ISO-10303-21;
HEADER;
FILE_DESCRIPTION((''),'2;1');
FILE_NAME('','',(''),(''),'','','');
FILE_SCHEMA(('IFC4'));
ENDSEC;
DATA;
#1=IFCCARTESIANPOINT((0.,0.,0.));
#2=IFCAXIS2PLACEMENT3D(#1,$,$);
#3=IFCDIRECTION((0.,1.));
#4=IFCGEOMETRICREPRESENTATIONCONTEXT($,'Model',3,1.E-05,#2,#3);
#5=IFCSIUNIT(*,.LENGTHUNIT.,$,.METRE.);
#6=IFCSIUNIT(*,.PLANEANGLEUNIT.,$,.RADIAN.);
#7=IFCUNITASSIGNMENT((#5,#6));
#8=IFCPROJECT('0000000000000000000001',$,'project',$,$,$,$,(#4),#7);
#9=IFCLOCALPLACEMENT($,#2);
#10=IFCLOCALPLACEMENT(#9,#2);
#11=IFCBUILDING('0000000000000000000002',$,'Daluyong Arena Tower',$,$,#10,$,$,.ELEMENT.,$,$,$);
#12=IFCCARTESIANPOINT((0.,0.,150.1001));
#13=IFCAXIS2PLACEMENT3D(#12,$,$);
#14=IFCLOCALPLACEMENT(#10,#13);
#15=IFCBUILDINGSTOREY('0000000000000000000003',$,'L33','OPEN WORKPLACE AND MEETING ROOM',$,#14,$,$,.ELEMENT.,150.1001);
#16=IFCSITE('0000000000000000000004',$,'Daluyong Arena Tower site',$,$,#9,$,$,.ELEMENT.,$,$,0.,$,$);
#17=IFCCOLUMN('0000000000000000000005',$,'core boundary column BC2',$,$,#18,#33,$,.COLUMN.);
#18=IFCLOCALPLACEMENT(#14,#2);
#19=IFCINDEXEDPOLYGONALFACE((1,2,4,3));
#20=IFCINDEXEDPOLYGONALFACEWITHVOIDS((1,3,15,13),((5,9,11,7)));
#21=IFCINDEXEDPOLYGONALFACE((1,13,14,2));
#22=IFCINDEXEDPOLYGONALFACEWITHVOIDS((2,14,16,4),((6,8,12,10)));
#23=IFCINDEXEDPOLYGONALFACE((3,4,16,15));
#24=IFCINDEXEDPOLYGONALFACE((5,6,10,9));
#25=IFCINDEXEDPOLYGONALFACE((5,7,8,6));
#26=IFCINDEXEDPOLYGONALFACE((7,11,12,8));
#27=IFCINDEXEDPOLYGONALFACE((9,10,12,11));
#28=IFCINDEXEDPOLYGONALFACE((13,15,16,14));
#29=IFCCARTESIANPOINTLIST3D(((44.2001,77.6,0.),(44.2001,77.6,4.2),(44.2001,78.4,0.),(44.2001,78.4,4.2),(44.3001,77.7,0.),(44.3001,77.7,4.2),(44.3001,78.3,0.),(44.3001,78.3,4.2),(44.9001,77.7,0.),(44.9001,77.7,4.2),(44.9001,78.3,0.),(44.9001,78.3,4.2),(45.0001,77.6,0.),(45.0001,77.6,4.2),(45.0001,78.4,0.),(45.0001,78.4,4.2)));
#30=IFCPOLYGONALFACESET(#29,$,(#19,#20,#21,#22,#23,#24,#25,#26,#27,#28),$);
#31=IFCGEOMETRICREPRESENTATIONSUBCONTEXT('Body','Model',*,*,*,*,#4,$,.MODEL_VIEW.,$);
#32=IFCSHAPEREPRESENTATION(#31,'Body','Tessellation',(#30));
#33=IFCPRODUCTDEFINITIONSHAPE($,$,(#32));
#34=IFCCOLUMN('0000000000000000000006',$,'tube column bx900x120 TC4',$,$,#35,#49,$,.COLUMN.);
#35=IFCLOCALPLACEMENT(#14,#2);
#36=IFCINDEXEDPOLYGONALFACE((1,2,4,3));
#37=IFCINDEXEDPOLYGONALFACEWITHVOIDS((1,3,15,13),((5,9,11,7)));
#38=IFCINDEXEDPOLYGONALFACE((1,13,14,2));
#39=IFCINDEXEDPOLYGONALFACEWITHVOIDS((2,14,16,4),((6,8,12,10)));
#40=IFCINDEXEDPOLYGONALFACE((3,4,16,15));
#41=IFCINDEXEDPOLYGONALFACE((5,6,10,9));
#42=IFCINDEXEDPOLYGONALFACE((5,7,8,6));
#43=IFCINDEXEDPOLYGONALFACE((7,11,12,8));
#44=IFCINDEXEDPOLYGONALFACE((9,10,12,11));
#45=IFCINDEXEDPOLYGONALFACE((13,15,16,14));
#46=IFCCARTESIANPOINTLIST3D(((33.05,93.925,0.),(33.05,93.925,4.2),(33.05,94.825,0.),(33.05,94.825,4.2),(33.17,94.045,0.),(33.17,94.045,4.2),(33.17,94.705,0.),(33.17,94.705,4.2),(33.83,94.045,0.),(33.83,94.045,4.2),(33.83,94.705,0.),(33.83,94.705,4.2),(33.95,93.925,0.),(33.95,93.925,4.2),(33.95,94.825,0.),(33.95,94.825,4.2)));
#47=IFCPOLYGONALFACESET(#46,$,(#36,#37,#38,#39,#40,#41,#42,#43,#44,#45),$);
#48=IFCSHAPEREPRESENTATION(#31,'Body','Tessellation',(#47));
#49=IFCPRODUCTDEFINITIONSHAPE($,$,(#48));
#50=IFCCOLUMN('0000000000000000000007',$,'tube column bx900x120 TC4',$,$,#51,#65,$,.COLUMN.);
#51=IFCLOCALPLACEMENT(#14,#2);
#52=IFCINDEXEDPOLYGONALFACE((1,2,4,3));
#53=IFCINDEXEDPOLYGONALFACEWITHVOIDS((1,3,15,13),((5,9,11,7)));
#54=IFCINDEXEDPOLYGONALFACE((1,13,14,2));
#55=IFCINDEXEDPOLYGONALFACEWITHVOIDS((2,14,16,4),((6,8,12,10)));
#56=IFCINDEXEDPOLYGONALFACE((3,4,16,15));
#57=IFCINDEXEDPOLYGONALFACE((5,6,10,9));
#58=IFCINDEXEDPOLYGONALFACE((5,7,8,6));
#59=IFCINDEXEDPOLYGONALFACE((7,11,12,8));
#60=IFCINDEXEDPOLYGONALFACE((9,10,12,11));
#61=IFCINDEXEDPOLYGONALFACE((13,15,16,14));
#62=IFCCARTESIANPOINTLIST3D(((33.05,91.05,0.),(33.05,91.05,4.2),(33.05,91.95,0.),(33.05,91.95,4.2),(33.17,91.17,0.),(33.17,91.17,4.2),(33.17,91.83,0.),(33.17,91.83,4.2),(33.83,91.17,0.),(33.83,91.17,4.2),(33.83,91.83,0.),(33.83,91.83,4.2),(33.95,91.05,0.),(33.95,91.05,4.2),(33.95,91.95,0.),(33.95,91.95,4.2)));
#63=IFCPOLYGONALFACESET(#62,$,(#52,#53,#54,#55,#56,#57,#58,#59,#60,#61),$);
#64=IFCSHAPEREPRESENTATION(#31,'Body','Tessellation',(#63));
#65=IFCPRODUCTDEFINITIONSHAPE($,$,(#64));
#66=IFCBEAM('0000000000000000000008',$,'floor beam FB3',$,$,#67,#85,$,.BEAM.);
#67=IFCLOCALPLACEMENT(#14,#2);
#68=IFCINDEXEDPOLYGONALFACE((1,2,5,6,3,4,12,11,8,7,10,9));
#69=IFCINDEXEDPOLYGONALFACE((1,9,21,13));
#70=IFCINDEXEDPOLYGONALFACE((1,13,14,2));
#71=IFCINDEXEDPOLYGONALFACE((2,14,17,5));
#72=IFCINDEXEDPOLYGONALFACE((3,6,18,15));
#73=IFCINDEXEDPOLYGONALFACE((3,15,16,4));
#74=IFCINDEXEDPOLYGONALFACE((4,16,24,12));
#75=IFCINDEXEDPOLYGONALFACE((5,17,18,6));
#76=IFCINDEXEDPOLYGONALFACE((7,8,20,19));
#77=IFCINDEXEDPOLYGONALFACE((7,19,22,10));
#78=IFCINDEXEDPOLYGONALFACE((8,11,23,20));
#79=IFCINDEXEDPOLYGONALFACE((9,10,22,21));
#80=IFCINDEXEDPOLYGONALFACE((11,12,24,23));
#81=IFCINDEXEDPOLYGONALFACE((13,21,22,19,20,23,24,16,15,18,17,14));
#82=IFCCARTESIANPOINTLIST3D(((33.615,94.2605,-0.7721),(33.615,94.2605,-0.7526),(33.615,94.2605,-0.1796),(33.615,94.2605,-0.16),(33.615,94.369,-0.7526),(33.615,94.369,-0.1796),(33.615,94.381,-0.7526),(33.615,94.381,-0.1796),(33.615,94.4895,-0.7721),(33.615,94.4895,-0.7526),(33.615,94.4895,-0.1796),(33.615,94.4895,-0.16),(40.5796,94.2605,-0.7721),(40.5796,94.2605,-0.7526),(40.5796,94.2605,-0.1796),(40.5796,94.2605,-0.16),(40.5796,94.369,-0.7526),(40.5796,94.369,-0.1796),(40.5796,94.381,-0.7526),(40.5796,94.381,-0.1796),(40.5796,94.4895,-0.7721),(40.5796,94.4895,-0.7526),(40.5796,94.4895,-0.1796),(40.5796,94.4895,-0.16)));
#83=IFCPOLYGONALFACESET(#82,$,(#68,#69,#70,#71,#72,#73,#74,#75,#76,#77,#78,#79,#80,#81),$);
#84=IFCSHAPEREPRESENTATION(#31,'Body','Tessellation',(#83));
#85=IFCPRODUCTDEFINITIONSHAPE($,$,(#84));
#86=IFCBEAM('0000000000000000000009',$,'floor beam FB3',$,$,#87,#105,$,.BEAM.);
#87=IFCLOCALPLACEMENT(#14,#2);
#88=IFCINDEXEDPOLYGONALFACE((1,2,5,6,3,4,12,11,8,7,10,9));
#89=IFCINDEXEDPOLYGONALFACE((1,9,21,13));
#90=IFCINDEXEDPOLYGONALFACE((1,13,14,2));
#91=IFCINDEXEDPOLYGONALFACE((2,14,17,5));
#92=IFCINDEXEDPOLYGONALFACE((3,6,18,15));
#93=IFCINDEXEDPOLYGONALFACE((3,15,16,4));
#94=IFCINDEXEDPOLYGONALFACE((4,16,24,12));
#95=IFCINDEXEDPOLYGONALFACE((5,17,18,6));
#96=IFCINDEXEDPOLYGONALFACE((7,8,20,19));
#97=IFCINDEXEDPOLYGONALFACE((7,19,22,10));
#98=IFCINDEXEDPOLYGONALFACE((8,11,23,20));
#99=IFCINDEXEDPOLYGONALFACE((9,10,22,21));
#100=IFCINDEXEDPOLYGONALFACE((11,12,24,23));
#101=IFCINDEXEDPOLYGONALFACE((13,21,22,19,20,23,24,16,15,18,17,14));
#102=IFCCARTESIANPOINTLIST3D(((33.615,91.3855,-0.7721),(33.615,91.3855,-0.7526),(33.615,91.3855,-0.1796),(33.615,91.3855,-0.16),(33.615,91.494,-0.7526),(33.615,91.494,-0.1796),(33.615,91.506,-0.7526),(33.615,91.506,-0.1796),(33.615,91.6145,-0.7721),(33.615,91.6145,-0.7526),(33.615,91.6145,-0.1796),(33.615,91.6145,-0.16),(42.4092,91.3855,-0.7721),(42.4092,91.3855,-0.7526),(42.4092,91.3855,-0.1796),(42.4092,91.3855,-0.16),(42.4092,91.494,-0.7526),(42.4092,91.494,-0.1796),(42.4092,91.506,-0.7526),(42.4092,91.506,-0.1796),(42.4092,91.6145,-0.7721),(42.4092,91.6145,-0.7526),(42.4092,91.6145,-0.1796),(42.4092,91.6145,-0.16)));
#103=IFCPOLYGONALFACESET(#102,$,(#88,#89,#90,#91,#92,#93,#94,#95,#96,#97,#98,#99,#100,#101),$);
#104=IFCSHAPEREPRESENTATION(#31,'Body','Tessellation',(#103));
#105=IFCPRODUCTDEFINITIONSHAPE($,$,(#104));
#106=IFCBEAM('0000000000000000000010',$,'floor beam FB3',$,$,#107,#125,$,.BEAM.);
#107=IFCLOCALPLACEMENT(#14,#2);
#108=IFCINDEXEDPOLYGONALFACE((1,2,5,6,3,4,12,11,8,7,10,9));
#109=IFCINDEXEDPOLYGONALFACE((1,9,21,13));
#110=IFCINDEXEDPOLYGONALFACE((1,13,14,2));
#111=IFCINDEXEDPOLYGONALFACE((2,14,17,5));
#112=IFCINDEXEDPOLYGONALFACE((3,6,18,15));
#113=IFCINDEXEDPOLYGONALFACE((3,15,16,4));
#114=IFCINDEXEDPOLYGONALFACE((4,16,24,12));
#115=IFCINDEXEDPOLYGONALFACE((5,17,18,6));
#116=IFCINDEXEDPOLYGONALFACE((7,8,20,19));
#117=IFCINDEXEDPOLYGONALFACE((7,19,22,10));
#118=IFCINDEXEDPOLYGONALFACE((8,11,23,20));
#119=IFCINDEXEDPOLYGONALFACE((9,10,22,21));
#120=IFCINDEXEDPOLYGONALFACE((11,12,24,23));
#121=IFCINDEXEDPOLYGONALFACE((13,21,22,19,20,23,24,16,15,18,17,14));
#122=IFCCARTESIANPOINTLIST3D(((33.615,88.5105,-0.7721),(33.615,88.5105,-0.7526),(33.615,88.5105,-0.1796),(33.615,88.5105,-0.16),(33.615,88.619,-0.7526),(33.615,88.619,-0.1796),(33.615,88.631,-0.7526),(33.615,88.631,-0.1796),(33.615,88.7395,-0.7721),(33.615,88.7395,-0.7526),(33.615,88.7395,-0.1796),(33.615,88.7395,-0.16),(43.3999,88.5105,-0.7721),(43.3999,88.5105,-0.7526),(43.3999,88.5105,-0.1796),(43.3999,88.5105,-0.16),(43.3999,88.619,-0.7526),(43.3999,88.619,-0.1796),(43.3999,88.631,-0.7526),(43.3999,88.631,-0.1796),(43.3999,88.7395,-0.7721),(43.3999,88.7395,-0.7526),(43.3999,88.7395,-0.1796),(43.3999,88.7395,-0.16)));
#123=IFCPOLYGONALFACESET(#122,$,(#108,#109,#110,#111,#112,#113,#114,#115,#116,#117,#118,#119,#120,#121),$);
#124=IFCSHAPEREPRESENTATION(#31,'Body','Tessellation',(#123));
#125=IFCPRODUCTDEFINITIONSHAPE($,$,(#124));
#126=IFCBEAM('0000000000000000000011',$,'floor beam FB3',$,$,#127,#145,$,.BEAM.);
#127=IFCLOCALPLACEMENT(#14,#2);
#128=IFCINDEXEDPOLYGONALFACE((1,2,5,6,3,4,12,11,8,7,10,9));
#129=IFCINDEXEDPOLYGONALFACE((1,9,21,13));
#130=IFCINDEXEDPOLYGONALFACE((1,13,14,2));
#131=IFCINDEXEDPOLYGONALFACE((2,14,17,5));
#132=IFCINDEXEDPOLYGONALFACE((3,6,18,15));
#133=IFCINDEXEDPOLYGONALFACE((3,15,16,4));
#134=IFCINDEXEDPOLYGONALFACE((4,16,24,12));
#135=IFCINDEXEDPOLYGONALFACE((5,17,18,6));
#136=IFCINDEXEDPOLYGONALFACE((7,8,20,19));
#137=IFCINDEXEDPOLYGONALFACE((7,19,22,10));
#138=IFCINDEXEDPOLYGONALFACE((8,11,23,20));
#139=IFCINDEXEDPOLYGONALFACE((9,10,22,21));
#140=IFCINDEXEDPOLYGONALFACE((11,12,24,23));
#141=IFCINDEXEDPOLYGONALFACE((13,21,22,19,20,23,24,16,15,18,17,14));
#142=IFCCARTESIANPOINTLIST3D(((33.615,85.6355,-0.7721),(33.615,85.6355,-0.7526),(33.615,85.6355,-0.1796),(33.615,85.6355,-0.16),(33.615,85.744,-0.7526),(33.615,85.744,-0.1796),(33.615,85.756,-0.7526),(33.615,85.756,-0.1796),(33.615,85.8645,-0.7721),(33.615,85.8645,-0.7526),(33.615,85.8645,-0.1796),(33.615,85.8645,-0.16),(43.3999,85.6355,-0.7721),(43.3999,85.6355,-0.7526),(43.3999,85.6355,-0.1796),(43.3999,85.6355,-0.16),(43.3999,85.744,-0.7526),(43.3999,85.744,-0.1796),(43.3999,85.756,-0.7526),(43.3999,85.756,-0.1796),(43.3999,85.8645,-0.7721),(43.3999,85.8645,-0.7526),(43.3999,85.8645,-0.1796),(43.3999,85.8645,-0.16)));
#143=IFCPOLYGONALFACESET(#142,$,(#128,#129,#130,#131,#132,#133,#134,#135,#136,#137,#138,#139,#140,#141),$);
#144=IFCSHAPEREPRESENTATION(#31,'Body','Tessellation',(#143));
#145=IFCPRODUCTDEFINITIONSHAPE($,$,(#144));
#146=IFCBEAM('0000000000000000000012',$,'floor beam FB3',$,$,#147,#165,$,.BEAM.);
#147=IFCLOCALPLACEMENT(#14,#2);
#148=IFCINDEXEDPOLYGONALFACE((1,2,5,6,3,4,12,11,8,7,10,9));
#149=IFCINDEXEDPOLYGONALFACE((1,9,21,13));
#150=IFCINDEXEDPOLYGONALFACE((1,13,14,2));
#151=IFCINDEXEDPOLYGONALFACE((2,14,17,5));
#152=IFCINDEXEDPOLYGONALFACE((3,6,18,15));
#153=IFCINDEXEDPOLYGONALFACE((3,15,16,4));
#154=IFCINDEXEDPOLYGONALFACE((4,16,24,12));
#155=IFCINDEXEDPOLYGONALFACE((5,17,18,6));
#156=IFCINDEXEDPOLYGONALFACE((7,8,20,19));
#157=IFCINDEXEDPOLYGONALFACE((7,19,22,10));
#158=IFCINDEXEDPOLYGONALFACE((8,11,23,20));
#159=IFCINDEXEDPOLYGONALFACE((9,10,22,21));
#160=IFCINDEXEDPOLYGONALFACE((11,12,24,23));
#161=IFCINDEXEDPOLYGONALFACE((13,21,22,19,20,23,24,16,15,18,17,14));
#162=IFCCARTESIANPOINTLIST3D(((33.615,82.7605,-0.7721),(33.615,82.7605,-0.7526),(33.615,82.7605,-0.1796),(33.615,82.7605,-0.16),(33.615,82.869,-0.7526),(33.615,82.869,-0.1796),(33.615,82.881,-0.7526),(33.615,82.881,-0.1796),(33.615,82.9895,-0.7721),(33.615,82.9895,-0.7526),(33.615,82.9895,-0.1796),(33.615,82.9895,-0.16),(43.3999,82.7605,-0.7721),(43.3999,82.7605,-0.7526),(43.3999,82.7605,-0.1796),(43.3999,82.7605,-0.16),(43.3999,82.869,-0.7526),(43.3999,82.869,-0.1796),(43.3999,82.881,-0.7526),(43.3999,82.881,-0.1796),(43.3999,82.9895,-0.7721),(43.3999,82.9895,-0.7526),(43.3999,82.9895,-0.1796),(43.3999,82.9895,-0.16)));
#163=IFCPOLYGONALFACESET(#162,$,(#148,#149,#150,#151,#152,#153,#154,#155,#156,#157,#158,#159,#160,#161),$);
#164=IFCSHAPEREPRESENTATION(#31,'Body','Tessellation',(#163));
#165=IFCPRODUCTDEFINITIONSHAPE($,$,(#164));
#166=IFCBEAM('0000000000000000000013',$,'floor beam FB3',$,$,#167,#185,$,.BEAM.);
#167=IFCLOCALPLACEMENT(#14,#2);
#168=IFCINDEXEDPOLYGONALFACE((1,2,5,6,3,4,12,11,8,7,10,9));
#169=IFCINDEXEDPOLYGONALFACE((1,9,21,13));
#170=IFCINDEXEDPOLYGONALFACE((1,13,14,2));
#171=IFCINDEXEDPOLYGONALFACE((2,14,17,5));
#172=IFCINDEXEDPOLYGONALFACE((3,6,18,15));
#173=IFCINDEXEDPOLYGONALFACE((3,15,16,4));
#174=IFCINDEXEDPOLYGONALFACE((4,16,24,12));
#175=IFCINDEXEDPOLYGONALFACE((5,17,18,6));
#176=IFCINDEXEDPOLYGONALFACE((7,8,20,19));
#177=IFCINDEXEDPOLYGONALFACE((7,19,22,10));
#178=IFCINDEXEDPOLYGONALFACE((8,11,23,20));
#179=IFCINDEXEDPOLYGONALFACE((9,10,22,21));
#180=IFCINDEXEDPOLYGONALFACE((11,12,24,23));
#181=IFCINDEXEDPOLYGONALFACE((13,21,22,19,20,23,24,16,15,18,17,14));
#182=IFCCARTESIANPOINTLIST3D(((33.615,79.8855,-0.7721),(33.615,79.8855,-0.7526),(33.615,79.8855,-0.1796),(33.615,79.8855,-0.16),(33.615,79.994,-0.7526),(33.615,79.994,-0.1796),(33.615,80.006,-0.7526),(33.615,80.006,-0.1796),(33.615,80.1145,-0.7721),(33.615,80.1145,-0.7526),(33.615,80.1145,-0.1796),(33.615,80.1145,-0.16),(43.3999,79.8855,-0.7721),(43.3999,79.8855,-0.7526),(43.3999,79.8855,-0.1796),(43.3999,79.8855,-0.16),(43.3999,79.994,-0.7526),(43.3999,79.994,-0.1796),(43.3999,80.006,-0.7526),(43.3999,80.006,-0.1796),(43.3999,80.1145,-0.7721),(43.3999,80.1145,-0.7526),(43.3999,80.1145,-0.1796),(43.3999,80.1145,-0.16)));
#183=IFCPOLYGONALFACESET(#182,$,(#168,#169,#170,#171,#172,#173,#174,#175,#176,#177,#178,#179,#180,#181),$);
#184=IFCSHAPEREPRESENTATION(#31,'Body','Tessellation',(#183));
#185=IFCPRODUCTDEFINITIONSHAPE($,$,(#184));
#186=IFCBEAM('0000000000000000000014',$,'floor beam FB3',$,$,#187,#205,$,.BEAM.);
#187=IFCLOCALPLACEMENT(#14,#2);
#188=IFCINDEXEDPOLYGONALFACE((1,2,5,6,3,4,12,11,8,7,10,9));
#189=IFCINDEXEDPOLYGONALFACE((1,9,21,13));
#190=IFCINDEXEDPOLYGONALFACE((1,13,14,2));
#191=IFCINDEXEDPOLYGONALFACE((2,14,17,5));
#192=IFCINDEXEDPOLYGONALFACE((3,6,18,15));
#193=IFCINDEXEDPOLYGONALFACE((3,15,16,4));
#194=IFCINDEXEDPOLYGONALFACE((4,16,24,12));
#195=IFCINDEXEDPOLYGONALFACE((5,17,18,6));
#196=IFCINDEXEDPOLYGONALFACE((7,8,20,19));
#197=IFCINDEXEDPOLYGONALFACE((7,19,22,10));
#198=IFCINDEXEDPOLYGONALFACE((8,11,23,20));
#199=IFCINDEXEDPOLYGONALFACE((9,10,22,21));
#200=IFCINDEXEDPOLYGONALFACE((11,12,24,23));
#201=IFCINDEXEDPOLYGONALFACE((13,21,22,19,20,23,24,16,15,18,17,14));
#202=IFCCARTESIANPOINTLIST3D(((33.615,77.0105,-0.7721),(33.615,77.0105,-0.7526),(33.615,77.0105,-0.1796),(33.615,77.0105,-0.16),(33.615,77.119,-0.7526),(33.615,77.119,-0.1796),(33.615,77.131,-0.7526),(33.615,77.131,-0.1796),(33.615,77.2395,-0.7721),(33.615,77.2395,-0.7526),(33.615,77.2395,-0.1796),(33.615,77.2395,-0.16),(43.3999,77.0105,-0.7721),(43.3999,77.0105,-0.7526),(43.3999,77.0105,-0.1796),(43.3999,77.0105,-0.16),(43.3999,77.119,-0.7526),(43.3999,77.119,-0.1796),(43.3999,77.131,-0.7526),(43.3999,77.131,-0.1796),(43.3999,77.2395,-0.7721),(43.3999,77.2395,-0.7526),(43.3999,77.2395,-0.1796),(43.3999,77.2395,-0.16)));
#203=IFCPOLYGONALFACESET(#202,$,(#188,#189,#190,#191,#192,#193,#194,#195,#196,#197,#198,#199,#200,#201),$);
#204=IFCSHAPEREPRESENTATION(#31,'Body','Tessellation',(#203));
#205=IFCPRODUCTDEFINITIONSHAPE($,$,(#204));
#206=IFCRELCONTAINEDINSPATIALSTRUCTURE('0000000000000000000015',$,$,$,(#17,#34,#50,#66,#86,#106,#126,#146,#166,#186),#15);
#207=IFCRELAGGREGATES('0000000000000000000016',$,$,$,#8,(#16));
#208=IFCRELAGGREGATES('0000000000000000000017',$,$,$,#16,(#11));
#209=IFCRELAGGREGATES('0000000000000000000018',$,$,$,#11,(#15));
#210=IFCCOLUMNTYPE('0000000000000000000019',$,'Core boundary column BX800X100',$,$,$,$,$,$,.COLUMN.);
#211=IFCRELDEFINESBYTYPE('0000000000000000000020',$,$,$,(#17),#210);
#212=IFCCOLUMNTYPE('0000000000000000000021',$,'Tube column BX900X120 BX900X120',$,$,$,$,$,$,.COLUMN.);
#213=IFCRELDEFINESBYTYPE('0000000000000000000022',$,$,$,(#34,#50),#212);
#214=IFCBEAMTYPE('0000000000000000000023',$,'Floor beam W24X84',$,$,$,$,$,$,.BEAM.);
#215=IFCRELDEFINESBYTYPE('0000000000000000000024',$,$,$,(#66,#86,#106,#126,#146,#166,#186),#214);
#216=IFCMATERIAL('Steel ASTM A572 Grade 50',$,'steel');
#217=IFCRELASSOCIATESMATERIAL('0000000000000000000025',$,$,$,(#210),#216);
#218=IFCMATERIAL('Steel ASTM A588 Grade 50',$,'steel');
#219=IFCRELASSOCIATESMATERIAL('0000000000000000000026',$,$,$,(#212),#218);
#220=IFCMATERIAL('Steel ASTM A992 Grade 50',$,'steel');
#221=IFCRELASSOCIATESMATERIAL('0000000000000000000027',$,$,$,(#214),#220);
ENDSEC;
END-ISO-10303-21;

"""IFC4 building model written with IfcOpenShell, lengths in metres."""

from ifc_helpers import new_model, si_unit, direction, frame, origin, origin_2d, place, context, subcontext, project, spatial, hollow_rectangle, i_section, extrude, material, material_profile, profile_set, type_object, element, save


model = new_model("IFC4")

# Units and contexts
model_context = context("Model", 3, precision=1e-05, world=origin(), true_north=direction((0.0, 1.0)))
body_context = subcontext(model_context, "Body", "Model", "MODEL_VIEW")
ifc_project = project(units=[si_unit("LENGTHUNIT", "METRE"), si_unit("PLANEANGLEUNIT", "RADIAN")], contexts=[model_context])

# Site, building, storey
site_placement = place(None, origin())
site = spatial("IfcSite", under=ifc_project, at=site_placement, Name="Daluyong Arena Tower site", CompositionType="ELEMENT", RefElevation=0.0)
building_placement = place(site_placement, origin())
building = spatial("IfcBuilding", under=site, at=building_placement, Name="Daluyong Arena Tower", CompositionType="ELEMENT")
storey_placement = place(building_placement, frame((0.0, 0.0, 150.1001)))
storey = spatial("IfcBuildingStorey", under=building, at=storey_placement, Name="L33", Description="OPEN WORKPLACE AND MEETING ROOM", CompositionType="ELEMENT", Elevation=150.1001)

# Columns
ifc_material_1 = material(Name="Steel ASTM A572 Grade 50", Category="steel")
ifc_material_profile_1 = material_profile(ifc_material_1, hollow_rectangle(XDim=0.8, YDim=0.8, WallThickness=0.1, at=origin_2d()))
ifc_profile_set_1 = profile_set([ifc_material_profile_1], Name="Steel ASTM A572 Grade 50")
column_type_1 = type_object("IfcColumnType", Name="Core boundary column BX800X100", PredefinedType="COLUMN", material=ifc_profile_set_1)
column_placement = place(storey_placement, frame((44.6001, 78.0, 0.0), z_axis=(0.0, 0.0, 1.0), x_axis=(1.0, 0.0, 0.0)))
element("IfcColumn", 1, at=column_placement, inside=storey, type_object=column_type_1, Name="core boundary column BC2", PredefinedType="COLUMN", context=body_context, shape_type="SweptSolid", body=[
    extrude(hollow_rectangle(XDim=0.8, YDim=0.8, WallThickness=0.1, at=origin_2d()), origin(), (0.0, 0.0, 1.0), 4.2),
])
ifc_material_2 = material(Name="Steel ASTM A588 Grade 50", Category="steel")
ifc_material_profile_2 = material_profile(ifc_material_2, hollow_rectangle(XDim=0.8999, YDim=0.8999, WallThickness=0.12, at=origin_2d()))
ifc_profile_set_2 = profile_set([ifc_material_profile_2], Name="Steel ASTM A588 Grade 50")
column_type_2 = type_object("IfcColumnType", Name="Tube column BX900X120 BX900X120", PredefinedType="COLUMN", material=ifc_profile_set_2)
for number, where, z_axis, x_axis, name in (
    (2, (33.5, 94.375, 0.0), (0.0, 0.0, 1.0), (0.0, 1.0, 0.0), "tube column bx900x120 TC4"),
    (3, (33.5, 91.5, 0.0), (0.0, 0.0, 1.0), (0.0, 1.0, 0.0), "tube column bx900x120 TC4"),
):
    element("IfcColumn", number, at=place(storey_placement, frame(where, z_axis=z_axis, x_axis=x_axis)), inside=storey, type_object=column_type_2, Name=name, PredefinedType="COLUMN", context=body_context, shape_type="SweptSolid", body=[
        extrude(hollow_rectangle(XDim=0.8999, YDim=0.8999, WallThickness=0.12, at=origin_2d()), origin(), (0.0, 0.0, 1.0), 4.2),
    ])

# Beams
ifc_material_3 = material(Name="Steel ASTM A992 Grade 50", Category="steel")
ifc_material_profile_3 = material_profile(ifc_material_3, i_section(OverallWidth=0.229, OverallDepth=0.6121, WebThickness=0.012, FlangeThickness=0.0195, at=origin_2d()))
ifc_profile_set_3 = profile_set([ifc_material_profile_3], Name="Steel ASTM A992 Grade 50")
beam_type_1 = type_object("IfcBeamType", Name="Floor beam W24X84", PredefinedType="BEAM", material=ifc_profile_set_3)
beam_1_placement = place(storey_placement, frame((33.615, 94.375, -0.4661), z_axis=(1.0, 0.0, 0.0), x_axis=(0.0, 1.0, 0.0)))
element("IfcBeam", 4, at=beam_1_placement, inside=storey, type_object=beam_type_1, Name="floor beam FB3", PredefinedType="BEAM", context=body_context, shape_type="SweptSolid", body=[
    extrude(i_section(OverallWidth=0.229, OverallDepth=0.6121, WebThickness=0.012, FlangeThickness=0.0195, at=origin_2d()), origin(), (0.0, 0.0, 1.0), 6.9646),
])
beam_2_placement = place(storey_placement, frame((33.615, 91.5, -0.4661), z_axis=(1.0, 0.0, 0.0), x_axis=(0.0, 1.0, 0.0)))
element("IfcBeam", 5, at=beam_2_placement, inside=storey, type_object=beam_type_1, Name="floor beam FB3", PredefinedType="BEAM", context=body_context, shape_type="SweptSolid", body=[
    extrude(i_section(OverallWidth=0.229, OverallDepth=0.6121, WebThickness=0.012, FlangeThickness=0.0195, at=origin_2d()), origin(), (0.0, 0.0, 1.0), 8.7942),
])
for number, where, z_axis, x_axis, name in (
    (6, (33.615, 88.625, -0.4661), (1.0, 0.0, 0.0), (0.0, 1.0, 0.0), "floor beam FB3"),
    (7, (33.615, 85.75, -0.4661), (1.0, 0.0, 0.0), (0.0, 1.0, 0.0), "floor beam FB3"),
    (8, (33.615, 82.875, -0.4661), (1.0, 0.0, 0.0), (0.0, 1.0, 0.0), "floor beam FB3"),
    (9, (33.615, 80.0, -0.4661), (1.0, 0.0, 0.0), (0.0, 1.0, 0.0), "floor beam FB3"),
    (10, (33.615, 77.125, -0.4661), (1.0, 0.0, 0.0), (0.0, 1.0, 0.0), "floor beam FB3"),
):
    element("IfcBeam", number, at=place(storey_placement, frame(where, z_axis=z_axis, x_axis=x_axis)), inside=storey, type_object=beam_type_1, Name=name, PredefinedType="BEAM", context=body_context, shape_type="SweptSolid", body=[
        extrude(i_section(OverallWidth=0.229, OverallDepth=0.6121, WebThickness=0.012, FlangeThickness=0.0195, at=origin_2d()), origin(), (0.0, 0.0, 1.0), 9.7849),
    ])

save(model, "model.ifc")
